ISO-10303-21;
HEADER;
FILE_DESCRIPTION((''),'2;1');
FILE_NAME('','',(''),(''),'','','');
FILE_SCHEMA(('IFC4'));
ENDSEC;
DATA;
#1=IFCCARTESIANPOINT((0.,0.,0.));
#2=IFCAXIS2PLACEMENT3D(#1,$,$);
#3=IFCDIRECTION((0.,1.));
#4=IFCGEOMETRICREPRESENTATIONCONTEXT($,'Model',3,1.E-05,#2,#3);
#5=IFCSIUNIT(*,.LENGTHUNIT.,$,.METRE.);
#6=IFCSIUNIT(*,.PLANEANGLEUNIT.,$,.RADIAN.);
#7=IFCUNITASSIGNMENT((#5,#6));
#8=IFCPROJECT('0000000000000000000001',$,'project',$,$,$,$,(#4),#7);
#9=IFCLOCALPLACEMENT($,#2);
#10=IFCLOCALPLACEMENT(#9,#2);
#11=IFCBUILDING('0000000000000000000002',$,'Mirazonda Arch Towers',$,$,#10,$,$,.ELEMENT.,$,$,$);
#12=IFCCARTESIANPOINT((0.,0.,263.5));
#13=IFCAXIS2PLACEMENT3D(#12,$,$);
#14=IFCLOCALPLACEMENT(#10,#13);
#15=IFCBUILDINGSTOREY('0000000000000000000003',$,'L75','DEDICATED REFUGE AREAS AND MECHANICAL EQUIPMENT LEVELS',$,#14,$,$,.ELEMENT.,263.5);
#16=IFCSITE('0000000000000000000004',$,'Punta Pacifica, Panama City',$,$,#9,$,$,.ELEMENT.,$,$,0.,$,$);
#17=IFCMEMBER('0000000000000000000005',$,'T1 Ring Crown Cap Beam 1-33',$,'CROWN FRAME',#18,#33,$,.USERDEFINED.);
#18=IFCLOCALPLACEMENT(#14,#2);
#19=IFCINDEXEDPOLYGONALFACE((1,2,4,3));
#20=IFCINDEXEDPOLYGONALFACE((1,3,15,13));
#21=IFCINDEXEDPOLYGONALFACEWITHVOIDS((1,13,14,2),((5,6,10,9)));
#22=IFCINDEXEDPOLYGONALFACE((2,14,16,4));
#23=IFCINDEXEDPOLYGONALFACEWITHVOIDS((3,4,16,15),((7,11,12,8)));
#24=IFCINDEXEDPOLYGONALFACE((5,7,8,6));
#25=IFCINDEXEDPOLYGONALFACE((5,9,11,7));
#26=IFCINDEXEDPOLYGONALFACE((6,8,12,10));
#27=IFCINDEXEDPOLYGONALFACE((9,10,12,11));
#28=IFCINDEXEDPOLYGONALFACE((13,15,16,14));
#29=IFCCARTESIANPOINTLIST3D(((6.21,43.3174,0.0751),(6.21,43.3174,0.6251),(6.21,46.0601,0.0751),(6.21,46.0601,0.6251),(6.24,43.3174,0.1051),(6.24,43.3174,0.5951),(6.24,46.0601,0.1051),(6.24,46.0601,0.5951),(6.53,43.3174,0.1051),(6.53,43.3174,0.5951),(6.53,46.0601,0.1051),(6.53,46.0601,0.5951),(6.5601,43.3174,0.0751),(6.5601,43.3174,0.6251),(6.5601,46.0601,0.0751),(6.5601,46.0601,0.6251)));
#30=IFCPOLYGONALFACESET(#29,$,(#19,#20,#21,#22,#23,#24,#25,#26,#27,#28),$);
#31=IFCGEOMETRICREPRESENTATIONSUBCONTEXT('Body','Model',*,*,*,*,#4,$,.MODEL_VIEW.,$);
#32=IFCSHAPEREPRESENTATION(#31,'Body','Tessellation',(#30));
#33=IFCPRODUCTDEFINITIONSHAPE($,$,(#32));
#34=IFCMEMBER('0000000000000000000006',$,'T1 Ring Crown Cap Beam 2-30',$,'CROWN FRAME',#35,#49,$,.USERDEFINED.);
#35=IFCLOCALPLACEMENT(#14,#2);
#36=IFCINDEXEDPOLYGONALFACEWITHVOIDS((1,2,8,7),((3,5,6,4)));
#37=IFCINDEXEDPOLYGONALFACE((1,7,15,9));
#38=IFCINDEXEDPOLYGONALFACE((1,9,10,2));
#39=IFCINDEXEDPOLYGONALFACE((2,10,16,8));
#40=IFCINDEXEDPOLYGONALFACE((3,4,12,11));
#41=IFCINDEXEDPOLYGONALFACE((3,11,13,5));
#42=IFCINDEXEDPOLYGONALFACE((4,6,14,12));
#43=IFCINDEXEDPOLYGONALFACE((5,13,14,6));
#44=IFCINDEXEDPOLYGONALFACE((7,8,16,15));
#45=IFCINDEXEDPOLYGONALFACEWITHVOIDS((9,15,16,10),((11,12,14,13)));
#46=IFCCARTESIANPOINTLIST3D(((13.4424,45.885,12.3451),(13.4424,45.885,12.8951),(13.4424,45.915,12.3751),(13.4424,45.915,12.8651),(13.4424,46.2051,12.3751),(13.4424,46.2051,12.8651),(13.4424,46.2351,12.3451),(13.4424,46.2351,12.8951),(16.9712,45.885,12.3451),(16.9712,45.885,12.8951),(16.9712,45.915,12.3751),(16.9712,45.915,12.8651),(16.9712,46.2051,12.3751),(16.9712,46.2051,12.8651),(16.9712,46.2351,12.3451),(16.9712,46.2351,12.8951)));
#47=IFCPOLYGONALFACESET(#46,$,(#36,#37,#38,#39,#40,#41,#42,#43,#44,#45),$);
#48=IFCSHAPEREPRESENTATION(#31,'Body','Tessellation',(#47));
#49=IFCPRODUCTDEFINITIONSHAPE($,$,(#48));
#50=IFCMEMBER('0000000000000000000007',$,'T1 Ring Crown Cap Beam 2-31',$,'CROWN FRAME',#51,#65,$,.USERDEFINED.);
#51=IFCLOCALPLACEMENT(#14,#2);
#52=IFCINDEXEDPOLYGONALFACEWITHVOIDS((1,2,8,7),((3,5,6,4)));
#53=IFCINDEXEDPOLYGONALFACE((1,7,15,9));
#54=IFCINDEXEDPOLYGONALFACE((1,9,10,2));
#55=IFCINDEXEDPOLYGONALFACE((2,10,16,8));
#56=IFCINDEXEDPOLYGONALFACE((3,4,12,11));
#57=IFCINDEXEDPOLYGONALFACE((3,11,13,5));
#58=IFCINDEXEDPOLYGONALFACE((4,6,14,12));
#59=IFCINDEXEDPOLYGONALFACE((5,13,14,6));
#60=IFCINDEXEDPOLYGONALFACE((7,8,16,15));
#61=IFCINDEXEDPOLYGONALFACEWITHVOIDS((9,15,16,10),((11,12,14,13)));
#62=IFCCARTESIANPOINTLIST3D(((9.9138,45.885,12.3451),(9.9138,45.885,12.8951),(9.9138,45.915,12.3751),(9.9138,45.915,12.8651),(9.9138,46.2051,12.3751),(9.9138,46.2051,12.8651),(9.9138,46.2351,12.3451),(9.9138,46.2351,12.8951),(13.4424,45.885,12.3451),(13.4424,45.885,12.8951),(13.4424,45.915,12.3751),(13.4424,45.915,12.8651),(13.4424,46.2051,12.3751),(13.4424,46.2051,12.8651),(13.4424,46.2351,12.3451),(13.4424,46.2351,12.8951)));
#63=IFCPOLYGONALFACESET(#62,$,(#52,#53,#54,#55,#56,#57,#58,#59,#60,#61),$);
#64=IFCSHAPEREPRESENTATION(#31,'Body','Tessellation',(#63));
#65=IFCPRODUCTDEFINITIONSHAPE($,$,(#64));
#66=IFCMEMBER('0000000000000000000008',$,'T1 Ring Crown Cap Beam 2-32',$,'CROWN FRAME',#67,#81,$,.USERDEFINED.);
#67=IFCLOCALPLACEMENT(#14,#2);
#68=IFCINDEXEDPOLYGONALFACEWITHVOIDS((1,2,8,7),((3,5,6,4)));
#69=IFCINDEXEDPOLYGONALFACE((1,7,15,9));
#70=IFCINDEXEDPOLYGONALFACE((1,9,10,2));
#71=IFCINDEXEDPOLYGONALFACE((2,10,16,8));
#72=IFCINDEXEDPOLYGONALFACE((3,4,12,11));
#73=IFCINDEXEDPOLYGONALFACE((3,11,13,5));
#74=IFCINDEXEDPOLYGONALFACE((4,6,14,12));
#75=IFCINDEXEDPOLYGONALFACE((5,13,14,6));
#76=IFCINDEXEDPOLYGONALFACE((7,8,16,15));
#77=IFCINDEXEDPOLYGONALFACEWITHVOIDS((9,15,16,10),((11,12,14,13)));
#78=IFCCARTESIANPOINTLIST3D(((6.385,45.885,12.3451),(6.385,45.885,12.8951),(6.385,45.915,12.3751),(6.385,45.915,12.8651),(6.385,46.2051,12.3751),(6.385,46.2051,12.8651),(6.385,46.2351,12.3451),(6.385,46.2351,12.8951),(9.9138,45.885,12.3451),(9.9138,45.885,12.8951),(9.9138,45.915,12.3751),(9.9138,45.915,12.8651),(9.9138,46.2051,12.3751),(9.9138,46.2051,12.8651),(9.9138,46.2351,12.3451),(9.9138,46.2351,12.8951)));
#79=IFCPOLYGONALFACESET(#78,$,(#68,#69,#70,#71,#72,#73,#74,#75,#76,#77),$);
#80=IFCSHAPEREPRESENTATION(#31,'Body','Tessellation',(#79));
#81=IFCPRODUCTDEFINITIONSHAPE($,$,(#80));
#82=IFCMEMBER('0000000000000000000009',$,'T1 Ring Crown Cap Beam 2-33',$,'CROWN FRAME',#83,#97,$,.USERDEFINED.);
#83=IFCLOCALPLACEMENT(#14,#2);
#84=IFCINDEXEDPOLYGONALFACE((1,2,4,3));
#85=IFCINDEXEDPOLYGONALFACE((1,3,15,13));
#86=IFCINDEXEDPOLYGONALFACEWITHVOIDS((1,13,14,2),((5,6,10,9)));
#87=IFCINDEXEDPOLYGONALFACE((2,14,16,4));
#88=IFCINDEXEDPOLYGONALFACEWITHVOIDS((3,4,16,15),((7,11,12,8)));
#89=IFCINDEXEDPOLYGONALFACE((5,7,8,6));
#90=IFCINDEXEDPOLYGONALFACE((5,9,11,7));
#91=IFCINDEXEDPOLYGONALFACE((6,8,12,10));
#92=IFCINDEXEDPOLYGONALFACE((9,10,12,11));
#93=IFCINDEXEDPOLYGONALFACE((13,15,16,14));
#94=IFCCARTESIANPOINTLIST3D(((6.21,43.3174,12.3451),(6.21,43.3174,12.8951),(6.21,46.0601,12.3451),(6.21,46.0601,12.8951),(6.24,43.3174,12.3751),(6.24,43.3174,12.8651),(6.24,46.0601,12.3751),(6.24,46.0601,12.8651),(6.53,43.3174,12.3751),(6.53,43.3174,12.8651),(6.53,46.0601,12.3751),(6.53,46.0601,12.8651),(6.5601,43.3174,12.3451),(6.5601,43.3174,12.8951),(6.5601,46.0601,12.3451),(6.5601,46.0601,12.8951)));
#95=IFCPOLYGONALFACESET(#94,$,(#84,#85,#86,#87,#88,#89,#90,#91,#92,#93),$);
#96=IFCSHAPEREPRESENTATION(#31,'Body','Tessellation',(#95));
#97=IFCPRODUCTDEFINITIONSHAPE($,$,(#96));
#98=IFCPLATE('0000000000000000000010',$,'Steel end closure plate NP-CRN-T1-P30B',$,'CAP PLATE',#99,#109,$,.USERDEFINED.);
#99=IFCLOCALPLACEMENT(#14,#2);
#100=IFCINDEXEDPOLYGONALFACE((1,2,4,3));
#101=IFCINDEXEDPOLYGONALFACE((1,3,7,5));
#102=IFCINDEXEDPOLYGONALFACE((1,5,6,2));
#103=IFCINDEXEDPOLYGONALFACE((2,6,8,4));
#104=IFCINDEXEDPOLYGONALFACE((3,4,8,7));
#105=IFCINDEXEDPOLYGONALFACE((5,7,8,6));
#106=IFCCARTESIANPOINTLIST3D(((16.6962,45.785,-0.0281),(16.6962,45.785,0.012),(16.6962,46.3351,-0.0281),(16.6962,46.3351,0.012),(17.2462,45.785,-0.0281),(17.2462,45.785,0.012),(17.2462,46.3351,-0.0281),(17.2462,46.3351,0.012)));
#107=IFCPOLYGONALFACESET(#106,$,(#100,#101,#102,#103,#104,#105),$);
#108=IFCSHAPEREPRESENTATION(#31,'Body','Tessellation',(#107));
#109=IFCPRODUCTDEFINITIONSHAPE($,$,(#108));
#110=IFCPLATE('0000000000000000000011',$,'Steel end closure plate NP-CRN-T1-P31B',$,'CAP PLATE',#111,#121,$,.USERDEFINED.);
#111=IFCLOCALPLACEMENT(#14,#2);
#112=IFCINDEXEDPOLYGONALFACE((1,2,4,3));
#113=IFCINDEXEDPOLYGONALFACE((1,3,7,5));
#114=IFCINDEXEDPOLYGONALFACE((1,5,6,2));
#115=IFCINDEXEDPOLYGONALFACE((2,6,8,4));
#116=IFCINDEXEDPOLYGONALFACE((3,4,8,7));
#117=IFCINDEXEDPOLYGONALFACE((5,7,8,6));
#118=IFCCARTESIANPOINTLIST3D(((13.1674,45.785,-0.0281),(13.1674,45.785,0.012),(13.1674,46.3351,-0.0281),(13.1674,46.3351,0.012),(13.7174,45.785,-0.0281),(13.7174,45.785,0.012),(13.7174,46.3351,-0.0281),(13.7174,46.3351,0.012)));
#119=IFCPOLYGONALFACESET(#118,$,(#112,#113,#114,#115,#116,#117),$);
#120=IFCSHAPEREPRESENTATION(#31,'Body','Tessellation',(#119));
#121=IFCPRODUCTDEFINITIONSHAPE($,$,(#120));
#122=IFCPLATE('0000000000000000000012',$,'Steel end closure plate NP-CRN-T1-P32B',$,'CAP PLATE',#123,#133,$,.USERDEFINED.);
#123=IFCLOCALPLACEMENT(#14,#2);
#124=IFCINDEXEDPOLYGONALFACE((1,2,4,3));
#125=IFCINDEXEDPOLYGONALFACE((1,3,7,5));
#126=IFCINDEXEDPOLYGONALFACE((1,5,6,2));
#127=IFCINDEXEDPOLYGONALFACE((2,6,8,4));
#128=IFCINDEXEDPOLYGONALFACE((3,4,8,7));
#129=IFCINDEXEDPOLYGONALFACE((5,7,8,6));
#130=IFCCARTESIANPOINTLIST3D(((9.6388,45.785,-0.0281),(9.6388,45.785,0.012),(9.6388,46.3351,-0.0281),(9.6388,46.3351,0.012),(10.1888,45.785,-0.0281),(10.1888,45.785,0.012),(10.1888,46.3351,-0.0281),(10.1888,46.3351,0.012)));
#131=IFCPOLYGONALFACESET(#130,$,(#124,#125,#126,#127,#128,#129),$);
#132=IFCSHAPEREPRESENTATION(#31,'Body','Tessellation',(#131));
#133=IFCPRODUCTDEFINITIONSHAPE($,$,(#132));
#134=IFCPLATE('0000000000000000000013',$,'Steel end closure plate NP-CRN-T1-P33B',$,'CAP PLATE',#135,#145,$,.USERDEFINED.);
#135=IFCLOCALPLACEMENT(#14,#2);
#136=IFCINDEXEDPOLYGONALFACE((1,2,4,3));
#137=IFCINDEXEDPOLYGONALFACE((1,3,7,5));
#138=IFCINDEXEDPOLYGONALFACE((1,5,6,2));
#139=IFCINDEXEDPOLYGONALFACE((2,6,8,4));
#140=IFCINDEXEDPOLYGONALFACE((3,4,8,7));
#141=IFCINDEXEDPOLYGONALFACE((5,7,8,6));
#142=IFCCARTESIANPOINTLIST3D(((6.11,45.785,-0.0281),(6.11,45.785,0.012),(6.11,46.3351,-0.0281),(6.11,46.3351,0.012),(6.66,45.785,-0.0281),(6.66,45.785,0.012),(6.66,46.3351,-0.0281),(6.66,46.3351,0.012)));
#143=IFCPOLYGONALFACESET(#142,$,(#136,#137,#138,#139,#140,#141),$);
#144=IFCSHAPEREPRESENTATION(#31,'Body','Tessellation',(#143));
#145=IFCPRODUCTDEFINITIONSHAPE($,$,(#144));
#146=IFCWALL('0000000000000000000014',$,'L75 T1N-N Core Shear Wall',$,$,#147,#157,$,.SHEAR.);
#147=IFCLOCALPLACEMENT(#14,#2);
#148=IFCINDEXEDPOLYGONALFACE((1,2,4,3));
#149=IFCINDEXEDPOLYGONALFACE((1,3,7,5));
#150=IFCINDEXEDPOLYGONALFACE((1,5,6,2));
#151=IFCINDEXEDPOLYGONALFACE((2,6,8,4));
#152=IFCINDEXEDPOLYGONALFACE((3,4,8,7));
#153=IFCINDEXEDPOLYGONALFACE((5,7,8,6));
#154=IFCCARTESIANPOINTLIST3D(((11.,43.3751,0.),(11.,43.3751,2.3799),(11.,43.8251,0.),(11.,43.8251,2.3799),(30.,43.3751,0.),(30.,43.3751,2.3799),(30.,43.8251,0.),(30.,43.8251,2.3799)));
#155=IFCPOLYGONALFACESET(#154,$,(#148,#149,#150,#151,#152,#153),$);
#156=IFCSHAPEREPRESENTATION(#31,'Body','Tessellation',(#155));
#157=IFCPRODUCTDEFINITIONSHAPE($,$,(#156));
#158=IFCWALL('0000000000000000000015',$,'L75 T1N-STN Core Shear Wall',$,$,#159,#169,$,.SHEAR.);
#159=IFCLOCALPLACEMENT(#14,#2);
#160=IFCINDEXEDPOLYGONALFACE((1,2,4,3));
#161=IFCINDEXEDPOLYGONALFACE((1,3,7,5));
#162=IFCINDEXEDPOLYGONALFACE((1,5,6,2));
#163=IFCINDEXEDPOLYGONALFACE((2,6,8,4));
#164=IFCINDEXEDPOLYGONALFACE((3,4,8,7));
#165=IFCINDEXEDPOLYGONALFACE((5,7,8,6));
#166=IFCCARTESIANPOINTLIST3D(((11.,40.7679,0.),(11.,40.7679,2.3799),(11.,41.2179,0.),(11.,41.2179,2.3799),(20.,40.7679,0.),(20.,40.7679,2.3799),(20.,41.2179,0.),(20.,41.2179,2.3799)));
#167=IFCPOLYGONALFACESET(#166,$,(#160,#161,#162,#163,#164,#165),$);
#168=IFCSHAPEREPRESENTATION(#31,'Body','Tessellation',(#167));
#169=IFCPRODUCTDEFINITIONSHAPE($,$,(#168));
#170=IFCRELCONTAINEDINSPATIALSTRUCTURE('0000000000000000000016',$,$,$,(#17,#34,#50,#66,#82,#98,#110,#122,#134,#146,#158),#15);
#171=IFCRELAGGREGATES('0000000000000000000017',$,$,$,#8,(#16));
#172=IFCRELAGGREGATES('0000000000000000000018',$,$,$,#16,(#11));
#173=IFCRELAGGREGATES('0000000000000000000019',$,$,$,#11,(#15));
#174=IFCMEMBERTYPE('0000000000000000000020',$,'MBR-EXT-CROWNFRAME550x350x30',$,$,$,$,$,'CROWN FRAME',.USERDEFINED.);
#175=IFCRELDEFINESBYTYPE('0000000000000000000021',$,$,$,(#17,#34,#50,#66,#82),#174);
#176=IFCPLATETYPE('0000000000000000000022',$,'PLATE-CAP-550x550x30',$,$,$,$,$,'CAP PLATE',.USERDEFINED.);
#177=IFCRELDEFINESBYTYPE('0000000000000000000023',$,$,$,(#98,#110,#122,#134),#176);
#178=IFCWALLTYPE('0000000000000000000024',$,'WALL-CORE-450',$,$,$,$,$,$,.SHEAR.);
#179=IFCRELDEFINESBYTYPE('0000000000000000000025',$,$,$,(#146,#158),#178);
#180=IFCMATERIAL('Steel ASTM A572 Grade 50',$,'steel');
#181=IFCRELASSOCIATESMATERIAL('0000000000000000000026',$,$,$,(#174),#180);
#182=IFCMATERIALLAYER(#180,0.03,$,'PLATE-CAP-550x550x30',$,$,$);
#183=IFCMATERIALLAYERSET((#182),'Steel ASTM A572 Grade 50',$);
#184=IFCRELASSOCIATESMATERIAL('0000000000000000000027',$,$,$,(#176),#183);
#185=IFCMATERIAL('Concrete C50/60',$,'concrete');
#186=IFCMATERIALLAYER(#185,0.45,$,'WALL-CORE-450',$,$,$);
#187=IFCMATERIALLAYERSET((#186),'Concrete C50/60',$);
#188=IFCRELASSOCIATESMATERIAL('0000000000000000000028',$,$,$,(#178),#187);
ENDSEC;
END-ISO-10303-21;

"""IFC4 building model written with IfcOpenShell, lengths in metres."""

from ifc_helpers import new_model, si_unit, direction, frame, frame_2d, origin, origin_2d, place, context, subcontext, project, spatial, rectangle, hollow_rectangle, extrude, material, layer, layer_set, material_profile, profile_set, type_object, element, save


model = new_model("IFC4")

# Units and contexts
model_context = context("Model", 3, precision=1e-05, world=origin(), true_north=direction((0.0, 1.0)))
body_context = subcontext(model_context, "Body", "Model", "MODEL_VIEW")
ifc_project = project(units=[si_unit("LENGTHUNIT", "METRE"), si_unit("PLANEANGLEUNIT", "RADIAN")], contexts=[model_context])

# Site, building, storey
site_placement = place(None, origin())
site = spatial("IfcSite", under=ifc_project, at=site_placement, Name="Punta Pacifica, Panama City", CompositionType="ELEMENT", RefElevation=0.0)
building_placement = place(site_placement, origin())
building = spatial("IfcBuilding", under=site, at=building_placement, Name="Mirazonda Arch Towers", CompositionType="ELEMENT")
storey_placement = place(building_placement, frame((0.0, 0.0, 263.5)))
storey = spatial("IfcBuildingStorey", under=building, at=storey_placement, Name="L75", Description="DEDICATED REFUGE AREAS AND MECHANICAL EQUIPMENT LEVELS", CompositionType="ELEMENT", Elevation=263.5)

# Shared definitions
ifc_material_1 = material(Name="Concrete C50/60", Category="concrete")

# Members
ifc_material_2 = material(Name="Steel ASTM A572 Grade 50", Category="steel")
ifc_material_profile_1 = material_profile(ifc_material_2, hollow_rectangle(XDim=0.3501, YDim=0.55, WallThickness=0.03, at=origin_2d()), Name="CROWNFRAME550x350x30")
ifc_profile_set_1 = profile_set([ifc_material_profile_1], Name="Steel ASTM A572 Grade 50")
member_type_1 = type_object("IfcMemberType", Name="MBR-EXT-CROWNFRAME550x350x30", ElementType="CROWN FRAME", PredefinedType="USERDEFINED", material=ifc_profile_set_1)
member_1_placement = place(storey_placement, frame((6.385, 46.0601, 0.3501), z_axis=(0.0, -1.0, 0.0), x_axis=(1.0, 0.0, 0.0)))
element("IfcMember", 1, at=member_1_placement, inside=storey, type_object=member_type_1, Name="T1 Ring Crown Cap Beam 1-33", ObjectType="CROWN FRAME", PredefinedType="USERDEFINED", context=body_context, shape_type="SweptSolid", body=[
    extrude(hollow_rectangle(XDim=0.3501, YDim=0.55, WallThickness=0.03, at=origin_2d()), origin(), (0.0, 0.0, 1.0), 2.7427),
])
member_2_placement = place(storey_placement, frame((16.9712, 46.0601, 12.6201), z_axis=(-1.0, 0.0, 0.0), x_axis=(0.0, -1.0, 0.0)))
element("IfcMember", 2, at=member_2_placement, inside=storey, type_object=member_type_1, Name="T1 Ring Crown Cap Beam 2-30", ObjectType="CROWN FRAME", PredefinedType="USERDEFINED", context=body_context, shape_type="SweptSolid", body=[
    extrude(hollow_rectangle(XDim=0.3501, YDim=0.55, WallThickness=0.03, at=origin_2d()), origin(), (0.0, 0.0, 1.0), 3.5288),
])
member_3_placement = place(storey_placement, frame((13.4424, 46.0601, 12.6201), z_axis=(-1.0, 0.0, 0.0), x_axis=(0.0, -1.0, 0.0)))
element("IfcMember", 3, at=member_3_placement, inside=storey, type_object=member_type_1, Name="T1 Ring Crown Cap Beam 2-31", ObjectType="CROWN FRAME", PredefinedType="USERDEFINED", context=body_context, shape_type="SweptSolid", body=[
    extrude(hollow_rectangle(XDim=0.3501, YDim=0.55, WallThickness=0.03, at=origin_2d()), origin(), (0.0, 0.0, 1.0), 3.5286),
])
member_4_placement = place(storey_placement, frame((9.9138, 46.0601, 12.6201), z_axis=(-1.0, 0.0, 0.0), x_axis=(0.0, -1.0, 0.0)))
element("IfcMember", 4, at=member_4_placement, inside=storey, type_object=member_type_1, Name="T1 Ring Crown Cap Beam 2-32", ObjectType="CROWN FRAME", PredefinedType="USERDEFINED", context=body_context, shape_type="SweptSolid", body=[
    extrude(hollow_rectangle(XDim=0.3501, YDim=0.55, WallThickness=0.03, at=origin_2d()), origin(), (0.0, 0.0, 1.0), 3.5288),
])
member_5_placement = place(storey_placement, frame((6.385, 46.0601, 12.6201), z_axis=(0.0, -1.0, 0.0), x_axis=(1.0, 0.0, 0.0)))
element("IfcMember", 5, at=member_5_placement, inside=storey, type_object=member_type_1, Name="T1 Ring Crown Cap Beam 2-33", ObjectType="CROWN FRAME", PredefinedType="USERDEFINED", context=body_context, shape_type="SweptSolid", body=[
    extrude(hollow_rectangle(XDim=0.3501, YDim=0.55, WallThickness=0.03, at=origin_2d()), origin(), (0.0, 0.0, 1.0), 2.7427),
])

# Plates
ifc_layer_1 = layer(ifc_material_2, 0.03, Name="PLATE-CAP-550x550x30")
ifc_layer_set_1 = layer_set([ifc_layer_1], Name="Steel ASTM A572 Grade 50")
plate_type = type_object("IfcPlateType", Name="PLATE-CAP-550x550x30", ElementType="CAP PLATE", PredefinedType="USERDEFINED", material=ifc_layer_set_1)
for number, where, z_axis, x_axis, name in (
    (6, (16.9712, 46.0601, -0.0281), (0.0, 0.0, 1.0), (1.0, 0.0, 0.0), "Steel end closure plate NP-CRN-T1-P30B"),
    (7, (13.4424, 46.0601, -0.0281), (0.0, 0.0, 1.0), (1.0, 0.0, 0.0), "Steel end closure plate NP-CRN-T1-P31B"),
    (8, (9.9138, 46.0601, -0.0281), (0.0, 0.0, 1.0), (1.0, 0.0, 0.0), "Steel end closure plate NP-CRN-T1-P32B"),
    (9, (6.385, 46.0601, -0.0281), (0.0, 0.0, 1.0), (1.0, 0.0, 0.0), "Steel end closure plate NP-CRN-T1-P33B"),
):
    element("IfcPlate", number, at=place(storey_placement, frame(where, z_axis=z_axis, x_axis=x_axis)), inside=storey, type_object=plate_type, Name=name, ObjectType="CAP PLATE", PredefinedType="USERDEFINED", context=body_context, shape_type="SweptSolid", body=[
        extrude(rectangle(XDim=0.55, YDim=0.55, at=origin_2d()), origin(), (0.0, 0.0, 1.0), 0.04),
    ])

# Walls
ifc_layer_2 = layer(ifc_material_1, 0.45, Name="WALL-CORE-450")
ifc_layer_set_2 = layer_set([ifc_layer_2], Name="Concrete C50/60")
wall_type = type_object("IfcWallType", Name="WALL-CORE-450", PredefinedType="SHEAR", material=ifc_layer_set_2)
wall_1_placement = place(storey_placement, frame((11.0, 43.6001, 0.0), z_axis=(0.0, 0.0, 1.0), x_axis=(1.0, 0.0, 0.0)))
element("IfcWall", 10, at=wall_1_placement, inside=storey, type_object=wall_type, Name="L75 T1N-N Core Shear Wall", PredefinedType="SHEAR", context=body_context, shape_type="SweptSolid", body=[
    extrude(rectangle(XDim=19.0, YDim=0.45, at=frame_2d((9.5, 0.0))), origin(), (0.0, 0.0, 1.0), 2.3799),
])
wall_2_placement = place(storey_placement, frame((11.0, 40.9929, 0.0), z_axis=(0.0, 0.0, 1.0), x_axis=(1.0, 0.0, 0.0)))
element("IfcWall", 11, at=wall_2_placement, inside=storey, type_object=wall_type, Name="L75 T1N-STN Core Shear Wall", PredefinedType="SHEAR", context=body_context, shape_type="SweptSolid", body=[
    extrude(rectangle(XDim=9.0, YDim=0.45, at=frame_2d((4.5, 0.0))), origin(), (0.0, 0.0, 1.0), 2.3799),
])

save(model, "model.ifc")
